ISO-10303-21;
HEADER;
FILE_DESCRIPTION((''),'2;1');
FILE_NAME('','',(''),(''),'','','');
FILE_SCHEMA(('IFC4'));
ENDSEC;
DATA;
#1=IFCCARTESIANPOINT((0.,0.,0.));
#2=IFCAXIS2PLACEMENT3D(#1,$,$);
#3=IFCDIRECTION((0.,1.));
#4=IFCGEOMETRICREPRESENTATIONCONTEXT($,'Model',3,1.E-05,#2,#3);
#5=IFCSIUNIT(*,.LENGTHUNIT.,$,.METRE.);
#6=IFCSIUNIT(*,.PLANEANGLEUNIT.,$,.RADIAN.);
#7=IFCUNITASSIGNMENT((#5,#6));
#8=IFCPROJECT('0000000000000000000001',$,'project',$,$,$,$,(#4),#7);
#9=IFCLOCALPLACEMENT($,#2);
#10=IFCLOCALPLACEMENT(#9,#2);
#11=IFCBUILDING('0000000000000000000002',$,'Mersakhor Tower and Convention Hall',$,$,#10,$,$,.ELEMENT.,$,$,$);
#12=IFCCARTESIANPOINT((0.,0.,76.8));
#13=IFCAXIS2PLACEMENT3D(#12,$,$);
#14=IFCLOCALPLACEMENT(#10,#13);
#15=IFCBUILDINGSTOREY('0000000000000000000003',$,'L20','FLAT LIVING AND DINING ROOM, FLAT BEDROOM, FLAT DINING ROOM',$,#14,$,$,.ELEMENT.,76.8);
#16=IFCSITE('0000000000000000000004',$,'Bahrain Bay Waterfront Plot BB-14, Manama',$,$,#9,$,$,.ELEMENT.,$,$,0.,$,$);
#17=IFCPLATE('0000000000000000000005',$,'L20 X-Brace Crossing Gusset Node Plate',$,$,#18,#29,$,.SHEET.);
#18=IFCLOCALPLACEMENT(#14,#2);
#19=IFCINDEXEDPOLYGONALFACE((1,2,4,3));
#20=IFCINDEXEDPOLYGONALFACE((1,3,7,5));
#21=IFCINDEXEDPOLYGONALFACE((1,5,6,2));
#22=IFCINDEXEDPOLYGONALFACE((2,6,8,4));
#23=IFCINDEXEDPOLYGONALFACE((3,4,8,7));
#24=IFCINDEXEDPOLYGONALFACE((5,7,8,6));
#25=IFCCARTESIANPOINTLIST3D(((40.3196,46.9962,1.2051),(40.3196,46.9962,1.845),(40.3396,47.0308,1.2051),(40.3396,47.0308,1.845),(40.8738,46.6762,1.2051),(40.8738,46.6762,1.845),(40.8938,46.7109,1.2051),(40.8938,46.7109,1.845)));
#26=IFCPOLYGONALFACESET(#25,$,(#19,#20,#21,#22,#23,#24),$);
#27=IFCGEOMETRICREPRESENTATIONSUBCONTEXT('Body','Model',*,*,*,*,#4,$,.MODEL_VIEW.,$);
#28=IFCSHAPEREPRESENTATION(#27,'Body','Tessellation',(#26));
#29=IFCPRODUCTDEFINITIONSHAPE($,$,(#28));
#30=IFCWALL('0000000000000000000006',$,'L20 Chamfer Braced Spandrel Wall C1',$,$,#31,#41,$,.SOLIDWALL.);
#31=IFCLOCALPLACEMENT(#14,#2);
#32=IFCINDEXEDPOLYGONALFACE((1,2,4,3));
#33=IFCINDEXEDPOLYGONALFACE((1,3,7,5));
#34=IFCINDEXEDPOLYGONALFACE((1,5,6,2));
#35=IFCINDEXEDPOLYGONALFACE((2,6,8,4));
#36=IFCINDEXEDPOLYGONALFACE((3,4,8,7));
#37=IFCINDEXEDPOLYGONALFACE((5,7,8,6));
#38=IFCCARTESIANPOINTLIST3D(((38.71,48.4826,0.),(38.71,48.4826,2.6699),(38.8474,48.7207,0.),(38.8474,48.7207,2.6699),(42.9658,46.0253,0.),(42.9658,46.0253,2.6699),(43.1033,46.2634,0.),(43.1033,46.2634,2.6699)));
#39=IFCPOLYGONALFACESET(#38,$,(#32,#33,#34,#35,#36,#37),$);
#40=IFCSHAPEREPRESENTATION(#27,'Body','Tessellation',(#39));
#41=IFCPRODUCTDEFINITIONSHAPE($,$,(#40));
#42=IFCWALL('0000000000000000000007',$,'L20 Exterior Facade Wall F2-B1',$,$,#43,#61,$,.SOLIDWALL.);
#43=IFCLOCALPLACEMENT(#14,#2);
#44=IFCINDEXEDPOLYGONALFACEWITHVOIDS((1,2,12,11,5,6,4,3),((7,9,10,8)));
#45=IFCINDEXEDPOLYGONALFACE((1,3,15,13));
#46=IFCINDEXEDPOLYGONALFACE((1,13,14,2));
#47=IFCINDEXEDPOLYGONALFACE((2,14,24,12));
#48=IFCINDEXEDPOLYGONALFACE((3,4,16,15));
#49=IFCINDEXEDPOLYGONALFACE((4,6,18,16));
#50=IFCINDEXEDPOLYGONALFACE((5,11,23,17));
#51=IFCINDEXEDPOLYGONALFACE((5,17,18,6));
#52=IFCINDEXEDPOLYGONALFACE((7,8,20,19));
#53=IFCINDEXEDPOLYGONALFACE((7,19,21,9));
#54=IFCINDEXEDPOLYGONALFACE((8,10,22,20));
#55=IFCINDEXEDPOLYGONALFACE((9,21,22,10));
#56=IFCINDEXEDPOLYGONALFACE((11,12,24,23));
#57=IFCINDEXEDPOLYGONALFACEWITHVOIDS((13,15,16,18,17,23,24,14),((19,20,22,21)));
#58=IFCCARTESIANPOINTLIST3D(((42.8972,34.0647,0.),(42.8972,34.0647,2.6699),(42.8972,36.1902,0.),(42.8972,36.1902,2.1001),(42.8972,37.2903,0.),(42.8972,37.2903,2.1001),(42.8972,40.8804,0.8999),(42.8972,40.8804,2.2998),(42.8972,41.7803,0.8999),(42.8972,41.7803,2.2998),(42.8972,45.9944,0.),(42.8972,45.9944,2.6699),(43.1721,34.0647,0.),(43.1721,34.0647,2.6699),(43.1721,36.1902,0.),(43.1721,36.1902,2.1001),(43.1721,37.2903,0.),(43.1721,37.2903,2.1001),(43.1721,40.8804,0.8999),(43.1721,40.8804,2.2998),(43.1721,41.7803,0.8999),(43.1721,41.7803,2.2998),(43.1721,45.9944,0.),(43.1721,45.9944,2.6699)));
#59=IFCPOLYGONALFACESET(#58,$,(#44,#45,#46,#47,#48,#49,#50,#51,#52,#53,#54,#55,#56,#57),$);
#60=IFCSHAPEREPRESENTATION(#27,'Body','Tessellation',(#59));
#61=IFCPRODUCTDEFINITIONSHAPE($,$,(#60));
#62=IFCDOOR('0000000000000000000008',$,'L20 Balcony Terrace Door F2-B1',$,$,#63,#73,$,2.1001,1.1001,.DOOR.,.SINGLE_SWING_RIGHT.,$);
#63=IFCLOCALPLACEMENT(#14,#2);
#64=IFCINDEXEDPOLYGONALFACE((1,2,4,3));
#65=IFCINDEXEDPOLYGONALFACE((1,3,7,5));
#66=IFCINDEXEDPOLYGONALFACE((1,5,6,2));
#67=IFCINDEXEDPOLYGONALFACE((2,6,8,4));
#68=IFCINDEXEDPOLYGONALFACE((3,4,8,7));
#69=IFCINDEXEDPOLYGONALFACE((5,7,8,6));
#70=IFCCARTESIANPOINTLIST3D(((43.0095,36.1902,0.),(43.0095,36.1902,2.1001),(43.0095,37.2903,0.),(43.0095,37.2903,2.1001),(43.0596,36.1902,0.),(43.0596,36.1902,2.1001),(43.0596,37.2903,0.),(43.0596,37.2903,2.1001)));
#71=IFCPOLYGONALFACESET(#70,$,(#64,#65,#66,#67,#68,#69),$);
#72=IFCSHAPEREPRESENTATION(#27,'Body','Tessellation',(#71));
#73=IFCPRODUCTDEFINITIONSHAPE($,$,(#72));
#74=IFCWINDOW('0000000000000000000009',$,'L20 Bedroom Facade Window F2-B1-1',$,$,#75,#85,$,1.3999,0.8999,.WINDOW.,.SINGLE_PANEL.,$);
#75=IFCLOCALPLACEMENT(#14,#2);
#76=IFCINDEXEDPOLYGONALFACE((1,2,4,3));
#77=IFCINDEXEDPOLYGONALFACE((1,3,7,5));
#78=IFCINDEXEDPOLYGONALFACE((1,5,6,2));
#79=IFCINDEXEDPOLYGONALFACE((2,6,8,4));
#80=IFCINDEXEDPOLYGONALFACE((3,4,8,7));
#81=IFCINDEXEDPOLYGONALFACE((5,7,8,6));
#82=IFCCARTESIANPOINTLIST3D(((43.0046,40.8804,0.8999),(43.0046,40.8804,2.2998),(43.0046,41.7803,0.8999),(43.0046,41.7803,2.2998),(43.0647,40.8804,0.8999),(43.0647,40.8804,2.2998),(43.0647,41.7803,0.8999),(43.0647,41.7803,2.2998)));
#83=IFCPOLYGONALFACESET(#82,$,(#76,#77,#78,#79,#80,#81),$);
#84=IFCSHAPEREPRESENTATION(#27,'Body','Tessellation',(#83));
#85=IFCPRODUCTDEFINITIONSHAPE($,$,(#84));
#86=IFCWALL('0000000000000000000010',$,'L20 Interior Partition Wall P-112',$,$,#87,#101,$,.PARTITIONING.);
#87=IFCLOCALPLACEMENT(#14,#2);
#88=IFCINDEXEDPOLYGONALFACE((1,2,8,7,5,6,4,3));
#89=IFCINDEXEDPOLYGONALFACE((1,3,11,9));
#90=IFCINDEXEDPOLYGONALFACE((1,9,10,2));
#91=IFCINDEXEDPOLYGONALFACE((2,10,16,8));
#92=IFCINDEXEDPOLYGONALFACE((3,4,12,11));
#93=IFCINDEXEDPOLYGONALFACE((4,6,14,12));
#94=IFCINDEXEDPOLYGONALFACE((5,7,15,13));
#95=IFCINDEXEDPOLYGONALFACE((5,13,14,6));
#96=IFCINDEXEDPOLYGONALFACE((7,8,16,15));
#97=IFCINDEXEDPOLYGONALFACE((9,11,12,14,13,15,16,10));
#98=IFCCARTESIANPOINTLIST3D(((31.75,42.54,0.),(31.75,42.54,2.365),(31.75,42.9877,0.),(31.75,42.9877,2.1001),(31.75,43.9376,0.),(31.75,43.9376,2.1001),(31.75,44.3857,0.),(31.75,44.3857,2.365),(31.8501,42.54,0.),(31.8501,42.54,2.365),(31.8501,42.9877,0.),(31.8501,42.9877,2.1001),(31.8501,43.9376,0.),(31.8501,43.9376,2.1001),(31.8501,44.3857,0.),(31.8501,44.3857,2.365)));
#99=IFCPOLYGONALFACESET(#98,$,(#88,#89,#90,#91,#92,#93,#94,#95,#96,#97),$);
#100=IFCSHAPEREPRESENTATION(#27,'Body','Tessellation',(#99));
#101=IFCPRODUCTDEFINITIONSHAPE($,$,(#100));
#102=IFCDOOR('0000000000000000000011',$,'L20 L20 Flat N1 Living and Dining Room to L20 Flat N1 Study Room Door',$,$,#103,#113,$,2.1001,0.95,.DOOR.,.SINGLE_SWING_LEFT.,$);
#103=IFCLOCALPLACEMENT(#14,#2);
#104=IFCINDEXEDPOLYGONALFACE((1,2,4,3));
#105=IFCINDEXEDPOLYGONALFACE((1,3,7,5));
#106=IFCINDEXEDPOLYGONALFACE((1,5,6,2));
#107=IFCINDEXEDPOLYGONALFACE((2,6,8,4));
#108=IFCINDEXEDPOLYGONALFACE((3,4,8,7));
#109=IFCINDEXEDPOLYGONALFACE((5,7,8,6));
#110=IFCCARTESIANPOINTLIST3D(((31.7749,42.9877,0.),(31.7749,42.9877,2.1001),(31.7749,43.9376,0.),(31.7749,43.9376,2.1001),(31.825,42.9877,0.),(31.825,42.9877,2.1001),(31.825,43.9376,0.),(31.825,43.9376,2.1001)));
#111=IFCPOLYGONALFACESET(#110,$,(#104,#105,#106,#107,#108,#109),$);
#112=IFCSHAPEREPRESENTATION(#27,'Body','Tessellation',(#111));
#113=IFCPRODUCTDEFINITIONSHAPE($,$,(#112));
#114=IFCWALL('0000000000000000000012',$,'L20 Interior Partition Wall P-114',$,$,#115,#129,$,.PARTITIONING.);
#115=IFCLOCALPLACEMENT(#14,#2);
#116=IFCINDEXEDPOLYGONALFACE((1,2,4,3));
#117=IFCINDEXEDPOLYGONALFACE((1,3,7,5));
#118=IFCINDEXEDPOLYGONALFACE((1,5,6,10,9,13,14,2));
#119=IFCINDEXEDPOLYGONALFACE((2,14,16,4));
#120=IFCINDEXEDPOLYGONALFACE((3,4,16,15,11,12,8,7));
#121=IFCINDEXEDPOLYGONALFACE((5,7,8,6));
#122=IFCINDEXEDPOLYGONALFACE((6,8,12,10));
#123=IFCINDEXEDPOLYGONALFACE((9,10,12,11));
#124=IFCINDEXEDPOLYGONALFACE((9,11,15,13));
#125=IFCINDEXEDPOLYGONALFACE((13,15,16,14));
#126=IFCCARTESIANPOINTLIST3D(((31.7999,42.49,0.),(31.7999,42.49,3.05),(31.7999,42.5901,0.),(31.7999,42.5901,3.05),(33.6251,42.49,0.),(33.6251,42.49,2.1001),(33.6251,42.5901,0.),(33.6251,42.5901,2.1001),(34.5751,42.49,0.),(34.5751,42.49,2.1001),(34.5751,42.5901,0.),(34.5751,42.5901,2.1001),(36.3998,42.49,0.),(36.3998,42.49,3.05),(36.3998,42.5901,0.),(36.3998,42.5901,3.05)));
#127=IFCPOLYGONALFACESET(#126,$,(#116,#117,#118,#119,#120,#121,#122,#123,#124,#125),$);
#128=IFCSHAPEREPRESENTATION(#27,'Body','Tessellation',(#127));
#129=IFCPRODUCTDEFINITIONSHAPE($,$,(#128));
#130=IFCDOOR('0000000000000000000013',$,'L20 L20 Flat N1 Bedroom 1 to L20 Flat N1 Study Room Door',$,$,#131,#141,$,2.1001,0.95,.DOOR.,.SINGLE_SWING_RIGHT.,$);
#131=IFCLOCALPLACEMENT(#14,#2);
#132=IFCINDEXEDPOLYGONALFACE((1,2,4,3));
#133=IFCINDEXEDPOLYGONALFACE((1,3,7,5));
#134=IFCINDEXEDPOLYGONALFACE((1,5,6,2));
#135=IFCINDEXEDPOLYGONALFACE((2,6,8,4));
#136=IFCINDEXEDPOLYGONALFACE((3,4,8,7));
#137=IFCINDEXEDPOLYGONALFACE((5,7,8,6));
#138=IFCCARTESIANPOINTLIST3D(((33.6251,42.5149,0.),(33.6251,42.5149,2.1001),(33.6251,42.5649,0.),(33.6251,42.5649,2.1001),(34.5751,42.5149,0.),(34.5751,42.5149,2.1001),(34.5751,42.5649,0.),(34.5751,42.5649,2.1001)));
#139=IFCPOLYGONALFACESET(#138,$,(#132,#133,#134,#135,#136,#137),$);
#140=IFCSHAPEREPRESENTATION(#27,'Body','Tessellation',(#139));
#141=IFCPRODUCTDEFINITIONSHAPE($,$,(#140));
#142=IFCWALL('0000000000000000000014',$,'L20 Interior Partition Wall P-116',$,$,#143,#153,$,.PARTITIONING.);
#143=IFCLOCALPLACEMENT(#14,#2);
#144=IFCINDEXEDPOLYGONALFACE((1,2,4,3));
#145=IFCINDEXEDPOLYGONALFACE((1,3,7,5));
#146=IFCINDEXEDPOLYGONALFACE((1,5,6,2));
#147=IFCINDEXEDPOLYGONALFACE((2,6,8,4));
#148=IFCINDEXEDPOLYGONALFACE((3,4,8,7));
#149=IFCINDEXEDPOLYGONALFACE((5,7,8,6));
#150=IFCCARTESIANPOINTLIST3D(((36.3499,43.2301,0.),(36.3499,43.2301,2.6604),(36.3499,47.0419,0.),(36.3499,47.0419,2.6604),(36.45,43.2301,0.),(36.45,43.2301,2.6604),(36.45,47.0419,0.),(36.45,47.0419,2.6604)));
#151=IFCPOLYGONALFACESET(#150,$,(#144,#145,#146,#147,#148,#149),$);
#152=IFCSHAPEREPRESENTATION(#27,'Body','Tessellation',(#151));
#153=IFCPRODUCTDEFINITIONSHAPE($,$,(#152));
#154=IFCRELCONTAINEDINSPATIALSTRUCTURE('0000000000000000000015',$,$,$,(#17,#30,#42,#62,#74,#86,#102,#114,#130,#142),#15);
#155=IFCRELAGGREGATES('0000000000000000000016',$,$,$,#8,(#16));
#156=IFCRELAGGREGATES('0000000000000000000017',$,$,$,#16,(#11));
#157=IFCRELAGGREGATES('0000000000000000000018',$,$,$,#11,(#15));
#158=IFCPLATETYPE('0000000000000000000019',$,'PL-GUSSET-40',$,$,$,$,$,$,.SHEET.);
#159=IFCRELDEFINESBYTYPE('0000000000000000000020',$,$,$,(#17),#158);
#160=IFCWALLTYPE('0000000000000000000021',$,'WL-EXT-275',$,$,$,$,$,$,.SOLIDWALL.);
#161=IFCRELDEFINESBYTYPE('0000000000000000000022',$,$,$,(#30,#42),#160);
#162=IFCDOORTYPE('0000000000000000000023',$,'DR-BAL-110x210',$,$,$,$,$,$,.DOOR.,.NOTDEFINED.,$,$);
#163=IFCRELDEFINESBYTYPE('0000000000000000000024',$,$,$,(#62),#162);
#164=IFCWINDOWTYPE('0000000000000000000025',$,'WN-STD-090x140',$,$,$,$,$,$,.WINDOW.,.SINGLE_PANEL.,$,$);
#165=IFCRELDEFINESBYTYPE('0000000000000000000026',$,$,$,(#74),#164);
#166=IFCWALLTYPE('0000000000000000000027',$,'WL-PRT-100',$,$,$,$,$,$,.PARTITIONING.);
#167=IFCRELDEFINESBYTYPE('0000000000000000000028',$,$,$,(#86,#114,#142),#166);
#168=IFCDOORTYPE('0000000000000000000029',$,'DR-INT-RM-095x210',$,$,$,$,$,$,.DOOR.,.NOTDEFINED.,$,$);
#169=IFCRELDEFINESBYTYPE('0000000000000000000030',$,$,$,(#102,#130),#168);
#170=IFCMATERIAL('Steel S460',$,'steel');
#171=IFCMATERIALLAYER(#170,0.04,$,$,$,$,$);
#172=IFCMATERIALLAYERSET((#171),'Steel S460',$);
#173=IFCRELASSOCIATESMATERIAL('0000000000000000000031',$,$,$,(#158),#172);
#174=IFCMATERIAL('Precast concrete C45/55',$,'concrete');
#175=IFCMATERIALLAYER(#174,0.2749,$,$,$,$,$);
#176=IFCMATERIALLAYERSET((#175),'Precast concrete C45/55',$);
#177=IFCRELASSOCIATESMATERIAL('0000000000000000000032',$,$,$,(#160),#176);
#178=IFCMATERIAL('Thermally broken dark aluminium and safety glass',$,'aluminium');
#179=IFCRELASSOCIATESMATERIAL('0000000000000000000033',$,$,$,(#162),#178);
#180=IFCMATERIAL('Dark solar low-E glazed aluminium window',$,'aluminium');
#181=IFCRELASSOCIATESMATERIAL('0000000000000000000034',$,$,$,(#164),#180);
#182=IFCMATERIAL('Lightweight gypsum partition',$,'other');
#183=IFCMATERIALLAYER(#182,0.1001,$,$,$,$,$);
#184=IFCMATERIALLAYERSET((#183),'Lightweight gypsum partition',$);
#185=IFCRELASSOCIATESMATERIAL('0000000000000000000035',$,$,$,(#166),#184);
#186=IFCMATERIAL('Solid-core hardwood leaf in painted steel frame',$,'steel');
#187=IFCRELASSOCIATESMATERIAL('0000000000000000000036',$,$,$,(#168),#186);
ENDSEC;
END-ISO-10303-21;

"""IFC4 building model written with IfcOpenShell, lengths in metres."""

from ifc_helpers import new_model, si_unit, direction, frame, frame_2d, origin, origin_2d, place, context, subcontext, project, spatial, rectangle, extrude, material, layer, layer_set, type_object, element, fill, save


model = new_model("IFC4")

# Units and contexts
model_context = context("Model", 3, precision=1e-05, world=origin(), true_north=direction((0.0, 1.0)))
body_context = subcontext(model_context, "Body", "Model", "MODEL_VIEW")
ifc_project = project(units=[si_unit("LENGTHUNIT", "METRE"), si_unit("PLANEANGLEUNIT", "RADIAN")], contexts=[model_context])

# Site, building, storey
site_placement = place(None, origin())
site = spatial("IfcSite", under=ifc_project, at=site_placement, Name="Bahrain Bay Waterfront Plot BB-14, Manama", CompositionType="ELEMENT", RefElevation=0.0)
building_placement = place(site_placement, origin())
building = spatial("IfcBuilding", under=site, at=building_placement, Name="Mersakhor Tower and Convention Hall", CompositionType="ELEMENT")
storey_placement = place(building_placement, frame((0.0, 0.0, 76.8)))
storey = spatial("IfcBuildingStorey", under=building, at=storey_placement, Name="L20", Description="FLAT LIVING AND DINING ROOM, FLAT BEDROOM, FLAT DINING ROOM", CompositionType="ELEMENT", Elevation=76.8)

# Plate
ifc_material_1 = material(Name="Steel S460", Category="steel")
ifc_layer_1 = layer(ifc_material_1, 0.04)
ifc_layer_set_1 = layer_set([ifc_layer_1], Name="Steel S460")
plate_type_1 = type_object("IfcPlateType", Name="PL-GUSSET-40", PredefinedType="SHEET", material=ifc_layer_set_1)
plate_1_placement = place(storey_placement, frame((40.6067, 46.8535, 1.2051), z_axis=(0.0, 0.0, 1.0), x_axis=(-0.866025, 0.5, 0.0)))
element("IfcPlate", 1, at=plate_1_placement, inside=storey, type_object=plate_type_1, Name="L20 X-Brace Crossing Gusset Node Plate", PredefinedType="SHEET", context=body_context, shape_type="SweptSolid", body=[
    extrude(rectangle(XDim=0.6399, YDim=0.04, at=origin_2d()), origin(), (0.0, 0.0, 1.0), 0.6399),
])

# Wall
ifc_material_2 = material(Name="Precast concrete C45/55", Category="concrete")
ifc_layer_2 = layer(ifc_material_2, 0.2749)
ifc_layer_set_2 = layer_set([ifc_layer_2], Name="Precast concrete C45/55")
wall_type_1 = type_object("IfcWallType", Name="WL-EXT-275", PredefinedType="SOLIDWALL", material=ifc_layer_set_2)
wall_1_placement = place(storey_placement, frame((38.7788, 48.6016, 0.0), z_axis=(0.0, 0.0, 1.0), x_axis=(0.866012, -0.500023, 0.0)))
element("IfcWall", 2, at=wall_1_placement, inside=storey, type_object=wall_type_1, Name="L20 Chamfer Braced Spandrel Wall C1", PredefinedType="SOLIDWALL", context=body_context, shape_type="SweptSolid", body=[
    extrude(rectangle(XDim=4.9143, YDim=0.2749, at=frame_2d((2.457, 0.0))), origin(), (0.0, 0.0, 1.0), 2.6699),
])

# Wall, openings, door, window
wall_2_placement = place(storey_placement, frame((43.0347, 45.9944, 0.0), z_axis=(0.0, 0.0, 1.0), x_axis=(0.0, -1.0, 0.0)))
wall_2 = element("IfcWall", 3, at=wall_2_placement, inside=storey, type_object=wall_type_1, Name="L20 Exterior Facade Wall F2-B1", PredefinedType="SOLIDWALL", context=body_context, shape_type="SweptSolid", body=[
    extrude(rectangle(XDim=11.9297, YDim=0.2749, at=frame_2d((5.9648, 0.0))), origin(), (0.0, 0.0, 1.0), 2.6699),
])
opening_1_placement = place(wall_2_placement, frame((8.7041, 0.0, 0.0)))
opening_1 = element("IfcOpeningElement", 4, at=opening_1_placement, cuts=wall_2, PredefinedType="OPENING", context=body_context, shape_type="SweptSolid", body=[
    extrude(rectangle(XDim=1.1001, YDim=2.1001, at=frame_2d((0.55, 1.05))), frame((0.0, 0.1475, 0.0), z_axis=(0.0, -1.0, 0.0), x_axis=(1.0, 0.0, 0.0)), (0.0, 0.0, 1.0), 0.2949),
])
opening_2_placement = place(wall_2_placement, frame((4.2141, 0.0, 0.8999)))
opening_2 = element("IfcOpeningElement", 5, at=opening_2_placement, cuts=wall_2, PredefinedType="OPENING", context=body_context, shape_type="SweptSolid", body=[
    extrude(rectangle(XDim=0.8999, YDim=1.3999, at=frame_2d((0.45, 0.7))), frame((0.0, 0.1475, 0.0), z_axis=(0.0, -1.0, 0.0), x_axis=(1.0, 0.0, 0.0)), (0.0, 0.0, 1.0), 0.2949),
])
ifc_material_3 = material(Name="Thermally broken dark aluminium and safety glass", Category="aluminium")
door_type_1 = type_object("IfcDoorType", Name="DR-BAL-110x210", OperationType="NOTDEFINED", PredefinedType="DOOR", material=ifc_material_3)
door_1_placement = place(opening_1_placement, origin())
door_1 = element("IfcDoor", 6, at=door_1_placement, inside=storey, type_object=door_type_1, Name="L20 Balcony Terrace Door F2-B1", OperationType="SINGLE_SWING_RIGHT", OverallHeight=2.1001, OverallWidth=1.1001, PredefinedType="DOOR", context=body_context, shape_type="SweptSolid", body=[
    extrude(rectangle(XDim=1.1001, YDim=2.1001, at=frame_2d((0.55, 1.05))), frame((0.0, 0.0249, 0.0), z_axis=(0.0, -1.0, 0.0), x_axis=(1.0, 0.0, 0.0)), (0.0, 0.0, 1.0), 0.05),
])
fill(opening_1, door_1)
ifc_material_4 = material(Name="Dark solar low-E glazed aluminium window", Category="aluminium")
window_type = type_object("IfcWindowType", Name="WN-STD-090x140", PartitioningType="SINGLE_PANEL", PredefinedType="WINDOW", material=ifc_material_4)
window_placement = place(opening_2_placement, origin())
window = element("IfcWindow", 7, at=window_placement, inside=storey, type_object=window_type, Name="L20 Bedroom Facade Window F2-B1-1", OverallHeight=1.3999, OverallWidth=0.8999, PartitioningType="SINGLE_PANEL", PredefinedType="WINDOW", context=body_context, shape_type="SweptSolid", body=[
    extrude(rectangle(XDim=0.8999, YDim=1.3999, at=frame_2d((0.45, 0.7))), frame((0.0, 0.03, 0.0), z_axis=(0.0, -1.0, 0.0), x_axis=(1.0, 0.0, 0.0)), (0.0, 0.0, 1.0), 0.0601),
])
fill(opening_2, window)

# Walls, openings, doors
ifc_material_5 = material(Name="Lightweight gypsum partition", Category="other")
ifc_layer_3 = layer(ifc_material_5, 0.1001)
ifc_layer_set_3 = layer_set([ifc_layer_3], Name="Lightweight gypsum partition")
wall_type_2 = type_object("IfcWallType", Name="WL-PRT-100", PredefinedType="PARTITIONING", material=ifc_layer_set_3)
wall_3_placement = place(storey_placement, frame((31.8, 44.3857, 0.0), z_axis=(0.0, 0.0, 1.0), x_axis=(0.0, -1.0, 0.0)))
wall_3 = element("IfcWall", 8, at=wall_3_placement, inside=storey, type_object=wall_type_2, Name="L20 Interior Partition Wall P-112", PredefinedType="PARTITIONING", context=body_context, shape_type="SweptSolid", body=[
    extrude(rectangle(XDim=1.8457, YDim=0.1001, at=frame_2d((0.9229, 0.0))), origin(), (0.0, 0.0, 1.0), 2.365),
])
opening_3_placement = place(wall_3_placement, frame((0.448, 0.0, 0.0)))
opening_3 = element("IfcOpeningElement", 9, at=opening_3_placement, cuts=wall_3, PredefinedType="OPENING", context=body_context, shape_type="SweptSolid", body=[
    extrude(rectangle(XDim=0.95, YDim=2.1001, at=frame_2d((0.4751, 1.05))), frame((0.0, 0.0601, 0.0), z_axis=(0.0, -1.0, 0.0), x_axis=(1.0, 0.0, 0.0)), (0.0, 0.0, 1.0), 0.1201),
])
ifc_material_6 = material(Name="Solid-core hardwood leaf in painted steel frame", Category="steel")
door_type_2 = type_object("IfcDoorType", Name="DR-INT-RM-095x210", OperationType="NOTDEFINED", PredefinedType="DOOR", material=ifc_material_6)
door_2_placement = place(opening_3_placement, origin())
door_2 = element("IfcDoor", 10, at=door_2_placement, inside=storey, type_object=door_type_2, Name="L20 L20 Flat N1 Living and Dining Room to L20 Flat N1 Study Room Door", OperationType="SINGLE_SWING_LEFT", OverallHeight=2.1001, OverallWidth=0.95, PredefinedType="DOOR", context=body_context, shape_type="SweptSolid", body=[
    extrude(rectangle(XDim=0.95, YDim=2.1001, at=frame_2d((0.4751, 1.05))), frame((0.0, 0.0249, 0.0), z_axis=(0.0, -1.0, 0.0), x_axis=(1.0, 0.0, 0.0)), (0.0, 0.0, 1.0), 0.05),
])
fill(opening_3, door_2)
wall_4_placement = place(storey_placement, frame((31.8, 42.54, 0.0), z_axis=(0.0, 0.0, 1.0), x_axis=(1.0, 0.0, 0.0)))
wall_4 = element("IfcWall", 11, at=wall_4_placement, inside=storey, type_object=wall_type_2, Name="L20 Interior Partition Wall P-114", PredefinedType="PARTITIONING", context=body_context, shape_type="SweptSolid", body=[
    extrude(rectangle(XDim=4.5999, YDim=0.1001, at=frame_2d((2.2998, 0.0))), origin(), (0.0, 0.0, 1.0), 3.05),
])
opening_4_placement = place(wall_4_placement, frame((1.825, 0.0, 0.0)))
opening_4 = element("IfcOpeningElement", 12, at=opening_4_placement, cuts=wall_4, PredefinedType="OPENING", context=body_context, shape_type="SweptSolid", body=[
    extrude(rectangle(XDim=0.95, YDim=2.1001, at=frame_2d((0.4751, 1.05))), frame((0.0, 0.0601, 0.0), z_axis=(0.0, -1.0, 0.0), x_axis=(1.0, 0.0, 0.0)), (0.0, 0.0, 1.0), 0.1201),
])
door_3_placement = place(opening_4_placement, origin())
door_3 = element("IfcDoor", 13, at=door_3_placement, inside=storey, type_object=door_type_2, Name="L20 L20 Flat N1 Bedroom 1 to L20 Flat N1 Study Room Door", OperationType="SINGLE_SWING_RIGHT", OverallHeight=2.1001, OverallWidth=0.95, PredefinedType="DOOR", context=body_context, shape_type="SweptSolid", body=[
    extrude(rectangle(XDim=0.95, YDim=2.1001, at=frame_2d((0.4751, 1.05))), frame((0.0, 0.0249, 0.0), z_axis=(0.0, -1.0, 0.0), x_axis=(1.0, 0.0, 0.0)), (0.0, 0.0, 1.0), 0.05),
])
fill(opening_4, door_3)

# Wall
wall_5_placement = place(storey_placement, frame((36.3999, 47.0417, 0.0), z_axis=(0.0, 0.0, 1.0), x_axis=(0.0, -1.0, 0.0)))
element("IfcWall", 14, at=wall_5_placement, inside=storey, type_object=wall_type_2, Name="L20 Interior Partition Wall P-116", PredefinedType="PARTITIONING", context=body_context, shape_type="SweptSolid", body=[
    extrude(rectangle(XDim=3.8118, YDim=0.1001, at=frame_2d((1.9058, 0.0))), origin(), (0.0, 0.0, 1.0), 2.6604),
])

save(model, "model.ifc")
